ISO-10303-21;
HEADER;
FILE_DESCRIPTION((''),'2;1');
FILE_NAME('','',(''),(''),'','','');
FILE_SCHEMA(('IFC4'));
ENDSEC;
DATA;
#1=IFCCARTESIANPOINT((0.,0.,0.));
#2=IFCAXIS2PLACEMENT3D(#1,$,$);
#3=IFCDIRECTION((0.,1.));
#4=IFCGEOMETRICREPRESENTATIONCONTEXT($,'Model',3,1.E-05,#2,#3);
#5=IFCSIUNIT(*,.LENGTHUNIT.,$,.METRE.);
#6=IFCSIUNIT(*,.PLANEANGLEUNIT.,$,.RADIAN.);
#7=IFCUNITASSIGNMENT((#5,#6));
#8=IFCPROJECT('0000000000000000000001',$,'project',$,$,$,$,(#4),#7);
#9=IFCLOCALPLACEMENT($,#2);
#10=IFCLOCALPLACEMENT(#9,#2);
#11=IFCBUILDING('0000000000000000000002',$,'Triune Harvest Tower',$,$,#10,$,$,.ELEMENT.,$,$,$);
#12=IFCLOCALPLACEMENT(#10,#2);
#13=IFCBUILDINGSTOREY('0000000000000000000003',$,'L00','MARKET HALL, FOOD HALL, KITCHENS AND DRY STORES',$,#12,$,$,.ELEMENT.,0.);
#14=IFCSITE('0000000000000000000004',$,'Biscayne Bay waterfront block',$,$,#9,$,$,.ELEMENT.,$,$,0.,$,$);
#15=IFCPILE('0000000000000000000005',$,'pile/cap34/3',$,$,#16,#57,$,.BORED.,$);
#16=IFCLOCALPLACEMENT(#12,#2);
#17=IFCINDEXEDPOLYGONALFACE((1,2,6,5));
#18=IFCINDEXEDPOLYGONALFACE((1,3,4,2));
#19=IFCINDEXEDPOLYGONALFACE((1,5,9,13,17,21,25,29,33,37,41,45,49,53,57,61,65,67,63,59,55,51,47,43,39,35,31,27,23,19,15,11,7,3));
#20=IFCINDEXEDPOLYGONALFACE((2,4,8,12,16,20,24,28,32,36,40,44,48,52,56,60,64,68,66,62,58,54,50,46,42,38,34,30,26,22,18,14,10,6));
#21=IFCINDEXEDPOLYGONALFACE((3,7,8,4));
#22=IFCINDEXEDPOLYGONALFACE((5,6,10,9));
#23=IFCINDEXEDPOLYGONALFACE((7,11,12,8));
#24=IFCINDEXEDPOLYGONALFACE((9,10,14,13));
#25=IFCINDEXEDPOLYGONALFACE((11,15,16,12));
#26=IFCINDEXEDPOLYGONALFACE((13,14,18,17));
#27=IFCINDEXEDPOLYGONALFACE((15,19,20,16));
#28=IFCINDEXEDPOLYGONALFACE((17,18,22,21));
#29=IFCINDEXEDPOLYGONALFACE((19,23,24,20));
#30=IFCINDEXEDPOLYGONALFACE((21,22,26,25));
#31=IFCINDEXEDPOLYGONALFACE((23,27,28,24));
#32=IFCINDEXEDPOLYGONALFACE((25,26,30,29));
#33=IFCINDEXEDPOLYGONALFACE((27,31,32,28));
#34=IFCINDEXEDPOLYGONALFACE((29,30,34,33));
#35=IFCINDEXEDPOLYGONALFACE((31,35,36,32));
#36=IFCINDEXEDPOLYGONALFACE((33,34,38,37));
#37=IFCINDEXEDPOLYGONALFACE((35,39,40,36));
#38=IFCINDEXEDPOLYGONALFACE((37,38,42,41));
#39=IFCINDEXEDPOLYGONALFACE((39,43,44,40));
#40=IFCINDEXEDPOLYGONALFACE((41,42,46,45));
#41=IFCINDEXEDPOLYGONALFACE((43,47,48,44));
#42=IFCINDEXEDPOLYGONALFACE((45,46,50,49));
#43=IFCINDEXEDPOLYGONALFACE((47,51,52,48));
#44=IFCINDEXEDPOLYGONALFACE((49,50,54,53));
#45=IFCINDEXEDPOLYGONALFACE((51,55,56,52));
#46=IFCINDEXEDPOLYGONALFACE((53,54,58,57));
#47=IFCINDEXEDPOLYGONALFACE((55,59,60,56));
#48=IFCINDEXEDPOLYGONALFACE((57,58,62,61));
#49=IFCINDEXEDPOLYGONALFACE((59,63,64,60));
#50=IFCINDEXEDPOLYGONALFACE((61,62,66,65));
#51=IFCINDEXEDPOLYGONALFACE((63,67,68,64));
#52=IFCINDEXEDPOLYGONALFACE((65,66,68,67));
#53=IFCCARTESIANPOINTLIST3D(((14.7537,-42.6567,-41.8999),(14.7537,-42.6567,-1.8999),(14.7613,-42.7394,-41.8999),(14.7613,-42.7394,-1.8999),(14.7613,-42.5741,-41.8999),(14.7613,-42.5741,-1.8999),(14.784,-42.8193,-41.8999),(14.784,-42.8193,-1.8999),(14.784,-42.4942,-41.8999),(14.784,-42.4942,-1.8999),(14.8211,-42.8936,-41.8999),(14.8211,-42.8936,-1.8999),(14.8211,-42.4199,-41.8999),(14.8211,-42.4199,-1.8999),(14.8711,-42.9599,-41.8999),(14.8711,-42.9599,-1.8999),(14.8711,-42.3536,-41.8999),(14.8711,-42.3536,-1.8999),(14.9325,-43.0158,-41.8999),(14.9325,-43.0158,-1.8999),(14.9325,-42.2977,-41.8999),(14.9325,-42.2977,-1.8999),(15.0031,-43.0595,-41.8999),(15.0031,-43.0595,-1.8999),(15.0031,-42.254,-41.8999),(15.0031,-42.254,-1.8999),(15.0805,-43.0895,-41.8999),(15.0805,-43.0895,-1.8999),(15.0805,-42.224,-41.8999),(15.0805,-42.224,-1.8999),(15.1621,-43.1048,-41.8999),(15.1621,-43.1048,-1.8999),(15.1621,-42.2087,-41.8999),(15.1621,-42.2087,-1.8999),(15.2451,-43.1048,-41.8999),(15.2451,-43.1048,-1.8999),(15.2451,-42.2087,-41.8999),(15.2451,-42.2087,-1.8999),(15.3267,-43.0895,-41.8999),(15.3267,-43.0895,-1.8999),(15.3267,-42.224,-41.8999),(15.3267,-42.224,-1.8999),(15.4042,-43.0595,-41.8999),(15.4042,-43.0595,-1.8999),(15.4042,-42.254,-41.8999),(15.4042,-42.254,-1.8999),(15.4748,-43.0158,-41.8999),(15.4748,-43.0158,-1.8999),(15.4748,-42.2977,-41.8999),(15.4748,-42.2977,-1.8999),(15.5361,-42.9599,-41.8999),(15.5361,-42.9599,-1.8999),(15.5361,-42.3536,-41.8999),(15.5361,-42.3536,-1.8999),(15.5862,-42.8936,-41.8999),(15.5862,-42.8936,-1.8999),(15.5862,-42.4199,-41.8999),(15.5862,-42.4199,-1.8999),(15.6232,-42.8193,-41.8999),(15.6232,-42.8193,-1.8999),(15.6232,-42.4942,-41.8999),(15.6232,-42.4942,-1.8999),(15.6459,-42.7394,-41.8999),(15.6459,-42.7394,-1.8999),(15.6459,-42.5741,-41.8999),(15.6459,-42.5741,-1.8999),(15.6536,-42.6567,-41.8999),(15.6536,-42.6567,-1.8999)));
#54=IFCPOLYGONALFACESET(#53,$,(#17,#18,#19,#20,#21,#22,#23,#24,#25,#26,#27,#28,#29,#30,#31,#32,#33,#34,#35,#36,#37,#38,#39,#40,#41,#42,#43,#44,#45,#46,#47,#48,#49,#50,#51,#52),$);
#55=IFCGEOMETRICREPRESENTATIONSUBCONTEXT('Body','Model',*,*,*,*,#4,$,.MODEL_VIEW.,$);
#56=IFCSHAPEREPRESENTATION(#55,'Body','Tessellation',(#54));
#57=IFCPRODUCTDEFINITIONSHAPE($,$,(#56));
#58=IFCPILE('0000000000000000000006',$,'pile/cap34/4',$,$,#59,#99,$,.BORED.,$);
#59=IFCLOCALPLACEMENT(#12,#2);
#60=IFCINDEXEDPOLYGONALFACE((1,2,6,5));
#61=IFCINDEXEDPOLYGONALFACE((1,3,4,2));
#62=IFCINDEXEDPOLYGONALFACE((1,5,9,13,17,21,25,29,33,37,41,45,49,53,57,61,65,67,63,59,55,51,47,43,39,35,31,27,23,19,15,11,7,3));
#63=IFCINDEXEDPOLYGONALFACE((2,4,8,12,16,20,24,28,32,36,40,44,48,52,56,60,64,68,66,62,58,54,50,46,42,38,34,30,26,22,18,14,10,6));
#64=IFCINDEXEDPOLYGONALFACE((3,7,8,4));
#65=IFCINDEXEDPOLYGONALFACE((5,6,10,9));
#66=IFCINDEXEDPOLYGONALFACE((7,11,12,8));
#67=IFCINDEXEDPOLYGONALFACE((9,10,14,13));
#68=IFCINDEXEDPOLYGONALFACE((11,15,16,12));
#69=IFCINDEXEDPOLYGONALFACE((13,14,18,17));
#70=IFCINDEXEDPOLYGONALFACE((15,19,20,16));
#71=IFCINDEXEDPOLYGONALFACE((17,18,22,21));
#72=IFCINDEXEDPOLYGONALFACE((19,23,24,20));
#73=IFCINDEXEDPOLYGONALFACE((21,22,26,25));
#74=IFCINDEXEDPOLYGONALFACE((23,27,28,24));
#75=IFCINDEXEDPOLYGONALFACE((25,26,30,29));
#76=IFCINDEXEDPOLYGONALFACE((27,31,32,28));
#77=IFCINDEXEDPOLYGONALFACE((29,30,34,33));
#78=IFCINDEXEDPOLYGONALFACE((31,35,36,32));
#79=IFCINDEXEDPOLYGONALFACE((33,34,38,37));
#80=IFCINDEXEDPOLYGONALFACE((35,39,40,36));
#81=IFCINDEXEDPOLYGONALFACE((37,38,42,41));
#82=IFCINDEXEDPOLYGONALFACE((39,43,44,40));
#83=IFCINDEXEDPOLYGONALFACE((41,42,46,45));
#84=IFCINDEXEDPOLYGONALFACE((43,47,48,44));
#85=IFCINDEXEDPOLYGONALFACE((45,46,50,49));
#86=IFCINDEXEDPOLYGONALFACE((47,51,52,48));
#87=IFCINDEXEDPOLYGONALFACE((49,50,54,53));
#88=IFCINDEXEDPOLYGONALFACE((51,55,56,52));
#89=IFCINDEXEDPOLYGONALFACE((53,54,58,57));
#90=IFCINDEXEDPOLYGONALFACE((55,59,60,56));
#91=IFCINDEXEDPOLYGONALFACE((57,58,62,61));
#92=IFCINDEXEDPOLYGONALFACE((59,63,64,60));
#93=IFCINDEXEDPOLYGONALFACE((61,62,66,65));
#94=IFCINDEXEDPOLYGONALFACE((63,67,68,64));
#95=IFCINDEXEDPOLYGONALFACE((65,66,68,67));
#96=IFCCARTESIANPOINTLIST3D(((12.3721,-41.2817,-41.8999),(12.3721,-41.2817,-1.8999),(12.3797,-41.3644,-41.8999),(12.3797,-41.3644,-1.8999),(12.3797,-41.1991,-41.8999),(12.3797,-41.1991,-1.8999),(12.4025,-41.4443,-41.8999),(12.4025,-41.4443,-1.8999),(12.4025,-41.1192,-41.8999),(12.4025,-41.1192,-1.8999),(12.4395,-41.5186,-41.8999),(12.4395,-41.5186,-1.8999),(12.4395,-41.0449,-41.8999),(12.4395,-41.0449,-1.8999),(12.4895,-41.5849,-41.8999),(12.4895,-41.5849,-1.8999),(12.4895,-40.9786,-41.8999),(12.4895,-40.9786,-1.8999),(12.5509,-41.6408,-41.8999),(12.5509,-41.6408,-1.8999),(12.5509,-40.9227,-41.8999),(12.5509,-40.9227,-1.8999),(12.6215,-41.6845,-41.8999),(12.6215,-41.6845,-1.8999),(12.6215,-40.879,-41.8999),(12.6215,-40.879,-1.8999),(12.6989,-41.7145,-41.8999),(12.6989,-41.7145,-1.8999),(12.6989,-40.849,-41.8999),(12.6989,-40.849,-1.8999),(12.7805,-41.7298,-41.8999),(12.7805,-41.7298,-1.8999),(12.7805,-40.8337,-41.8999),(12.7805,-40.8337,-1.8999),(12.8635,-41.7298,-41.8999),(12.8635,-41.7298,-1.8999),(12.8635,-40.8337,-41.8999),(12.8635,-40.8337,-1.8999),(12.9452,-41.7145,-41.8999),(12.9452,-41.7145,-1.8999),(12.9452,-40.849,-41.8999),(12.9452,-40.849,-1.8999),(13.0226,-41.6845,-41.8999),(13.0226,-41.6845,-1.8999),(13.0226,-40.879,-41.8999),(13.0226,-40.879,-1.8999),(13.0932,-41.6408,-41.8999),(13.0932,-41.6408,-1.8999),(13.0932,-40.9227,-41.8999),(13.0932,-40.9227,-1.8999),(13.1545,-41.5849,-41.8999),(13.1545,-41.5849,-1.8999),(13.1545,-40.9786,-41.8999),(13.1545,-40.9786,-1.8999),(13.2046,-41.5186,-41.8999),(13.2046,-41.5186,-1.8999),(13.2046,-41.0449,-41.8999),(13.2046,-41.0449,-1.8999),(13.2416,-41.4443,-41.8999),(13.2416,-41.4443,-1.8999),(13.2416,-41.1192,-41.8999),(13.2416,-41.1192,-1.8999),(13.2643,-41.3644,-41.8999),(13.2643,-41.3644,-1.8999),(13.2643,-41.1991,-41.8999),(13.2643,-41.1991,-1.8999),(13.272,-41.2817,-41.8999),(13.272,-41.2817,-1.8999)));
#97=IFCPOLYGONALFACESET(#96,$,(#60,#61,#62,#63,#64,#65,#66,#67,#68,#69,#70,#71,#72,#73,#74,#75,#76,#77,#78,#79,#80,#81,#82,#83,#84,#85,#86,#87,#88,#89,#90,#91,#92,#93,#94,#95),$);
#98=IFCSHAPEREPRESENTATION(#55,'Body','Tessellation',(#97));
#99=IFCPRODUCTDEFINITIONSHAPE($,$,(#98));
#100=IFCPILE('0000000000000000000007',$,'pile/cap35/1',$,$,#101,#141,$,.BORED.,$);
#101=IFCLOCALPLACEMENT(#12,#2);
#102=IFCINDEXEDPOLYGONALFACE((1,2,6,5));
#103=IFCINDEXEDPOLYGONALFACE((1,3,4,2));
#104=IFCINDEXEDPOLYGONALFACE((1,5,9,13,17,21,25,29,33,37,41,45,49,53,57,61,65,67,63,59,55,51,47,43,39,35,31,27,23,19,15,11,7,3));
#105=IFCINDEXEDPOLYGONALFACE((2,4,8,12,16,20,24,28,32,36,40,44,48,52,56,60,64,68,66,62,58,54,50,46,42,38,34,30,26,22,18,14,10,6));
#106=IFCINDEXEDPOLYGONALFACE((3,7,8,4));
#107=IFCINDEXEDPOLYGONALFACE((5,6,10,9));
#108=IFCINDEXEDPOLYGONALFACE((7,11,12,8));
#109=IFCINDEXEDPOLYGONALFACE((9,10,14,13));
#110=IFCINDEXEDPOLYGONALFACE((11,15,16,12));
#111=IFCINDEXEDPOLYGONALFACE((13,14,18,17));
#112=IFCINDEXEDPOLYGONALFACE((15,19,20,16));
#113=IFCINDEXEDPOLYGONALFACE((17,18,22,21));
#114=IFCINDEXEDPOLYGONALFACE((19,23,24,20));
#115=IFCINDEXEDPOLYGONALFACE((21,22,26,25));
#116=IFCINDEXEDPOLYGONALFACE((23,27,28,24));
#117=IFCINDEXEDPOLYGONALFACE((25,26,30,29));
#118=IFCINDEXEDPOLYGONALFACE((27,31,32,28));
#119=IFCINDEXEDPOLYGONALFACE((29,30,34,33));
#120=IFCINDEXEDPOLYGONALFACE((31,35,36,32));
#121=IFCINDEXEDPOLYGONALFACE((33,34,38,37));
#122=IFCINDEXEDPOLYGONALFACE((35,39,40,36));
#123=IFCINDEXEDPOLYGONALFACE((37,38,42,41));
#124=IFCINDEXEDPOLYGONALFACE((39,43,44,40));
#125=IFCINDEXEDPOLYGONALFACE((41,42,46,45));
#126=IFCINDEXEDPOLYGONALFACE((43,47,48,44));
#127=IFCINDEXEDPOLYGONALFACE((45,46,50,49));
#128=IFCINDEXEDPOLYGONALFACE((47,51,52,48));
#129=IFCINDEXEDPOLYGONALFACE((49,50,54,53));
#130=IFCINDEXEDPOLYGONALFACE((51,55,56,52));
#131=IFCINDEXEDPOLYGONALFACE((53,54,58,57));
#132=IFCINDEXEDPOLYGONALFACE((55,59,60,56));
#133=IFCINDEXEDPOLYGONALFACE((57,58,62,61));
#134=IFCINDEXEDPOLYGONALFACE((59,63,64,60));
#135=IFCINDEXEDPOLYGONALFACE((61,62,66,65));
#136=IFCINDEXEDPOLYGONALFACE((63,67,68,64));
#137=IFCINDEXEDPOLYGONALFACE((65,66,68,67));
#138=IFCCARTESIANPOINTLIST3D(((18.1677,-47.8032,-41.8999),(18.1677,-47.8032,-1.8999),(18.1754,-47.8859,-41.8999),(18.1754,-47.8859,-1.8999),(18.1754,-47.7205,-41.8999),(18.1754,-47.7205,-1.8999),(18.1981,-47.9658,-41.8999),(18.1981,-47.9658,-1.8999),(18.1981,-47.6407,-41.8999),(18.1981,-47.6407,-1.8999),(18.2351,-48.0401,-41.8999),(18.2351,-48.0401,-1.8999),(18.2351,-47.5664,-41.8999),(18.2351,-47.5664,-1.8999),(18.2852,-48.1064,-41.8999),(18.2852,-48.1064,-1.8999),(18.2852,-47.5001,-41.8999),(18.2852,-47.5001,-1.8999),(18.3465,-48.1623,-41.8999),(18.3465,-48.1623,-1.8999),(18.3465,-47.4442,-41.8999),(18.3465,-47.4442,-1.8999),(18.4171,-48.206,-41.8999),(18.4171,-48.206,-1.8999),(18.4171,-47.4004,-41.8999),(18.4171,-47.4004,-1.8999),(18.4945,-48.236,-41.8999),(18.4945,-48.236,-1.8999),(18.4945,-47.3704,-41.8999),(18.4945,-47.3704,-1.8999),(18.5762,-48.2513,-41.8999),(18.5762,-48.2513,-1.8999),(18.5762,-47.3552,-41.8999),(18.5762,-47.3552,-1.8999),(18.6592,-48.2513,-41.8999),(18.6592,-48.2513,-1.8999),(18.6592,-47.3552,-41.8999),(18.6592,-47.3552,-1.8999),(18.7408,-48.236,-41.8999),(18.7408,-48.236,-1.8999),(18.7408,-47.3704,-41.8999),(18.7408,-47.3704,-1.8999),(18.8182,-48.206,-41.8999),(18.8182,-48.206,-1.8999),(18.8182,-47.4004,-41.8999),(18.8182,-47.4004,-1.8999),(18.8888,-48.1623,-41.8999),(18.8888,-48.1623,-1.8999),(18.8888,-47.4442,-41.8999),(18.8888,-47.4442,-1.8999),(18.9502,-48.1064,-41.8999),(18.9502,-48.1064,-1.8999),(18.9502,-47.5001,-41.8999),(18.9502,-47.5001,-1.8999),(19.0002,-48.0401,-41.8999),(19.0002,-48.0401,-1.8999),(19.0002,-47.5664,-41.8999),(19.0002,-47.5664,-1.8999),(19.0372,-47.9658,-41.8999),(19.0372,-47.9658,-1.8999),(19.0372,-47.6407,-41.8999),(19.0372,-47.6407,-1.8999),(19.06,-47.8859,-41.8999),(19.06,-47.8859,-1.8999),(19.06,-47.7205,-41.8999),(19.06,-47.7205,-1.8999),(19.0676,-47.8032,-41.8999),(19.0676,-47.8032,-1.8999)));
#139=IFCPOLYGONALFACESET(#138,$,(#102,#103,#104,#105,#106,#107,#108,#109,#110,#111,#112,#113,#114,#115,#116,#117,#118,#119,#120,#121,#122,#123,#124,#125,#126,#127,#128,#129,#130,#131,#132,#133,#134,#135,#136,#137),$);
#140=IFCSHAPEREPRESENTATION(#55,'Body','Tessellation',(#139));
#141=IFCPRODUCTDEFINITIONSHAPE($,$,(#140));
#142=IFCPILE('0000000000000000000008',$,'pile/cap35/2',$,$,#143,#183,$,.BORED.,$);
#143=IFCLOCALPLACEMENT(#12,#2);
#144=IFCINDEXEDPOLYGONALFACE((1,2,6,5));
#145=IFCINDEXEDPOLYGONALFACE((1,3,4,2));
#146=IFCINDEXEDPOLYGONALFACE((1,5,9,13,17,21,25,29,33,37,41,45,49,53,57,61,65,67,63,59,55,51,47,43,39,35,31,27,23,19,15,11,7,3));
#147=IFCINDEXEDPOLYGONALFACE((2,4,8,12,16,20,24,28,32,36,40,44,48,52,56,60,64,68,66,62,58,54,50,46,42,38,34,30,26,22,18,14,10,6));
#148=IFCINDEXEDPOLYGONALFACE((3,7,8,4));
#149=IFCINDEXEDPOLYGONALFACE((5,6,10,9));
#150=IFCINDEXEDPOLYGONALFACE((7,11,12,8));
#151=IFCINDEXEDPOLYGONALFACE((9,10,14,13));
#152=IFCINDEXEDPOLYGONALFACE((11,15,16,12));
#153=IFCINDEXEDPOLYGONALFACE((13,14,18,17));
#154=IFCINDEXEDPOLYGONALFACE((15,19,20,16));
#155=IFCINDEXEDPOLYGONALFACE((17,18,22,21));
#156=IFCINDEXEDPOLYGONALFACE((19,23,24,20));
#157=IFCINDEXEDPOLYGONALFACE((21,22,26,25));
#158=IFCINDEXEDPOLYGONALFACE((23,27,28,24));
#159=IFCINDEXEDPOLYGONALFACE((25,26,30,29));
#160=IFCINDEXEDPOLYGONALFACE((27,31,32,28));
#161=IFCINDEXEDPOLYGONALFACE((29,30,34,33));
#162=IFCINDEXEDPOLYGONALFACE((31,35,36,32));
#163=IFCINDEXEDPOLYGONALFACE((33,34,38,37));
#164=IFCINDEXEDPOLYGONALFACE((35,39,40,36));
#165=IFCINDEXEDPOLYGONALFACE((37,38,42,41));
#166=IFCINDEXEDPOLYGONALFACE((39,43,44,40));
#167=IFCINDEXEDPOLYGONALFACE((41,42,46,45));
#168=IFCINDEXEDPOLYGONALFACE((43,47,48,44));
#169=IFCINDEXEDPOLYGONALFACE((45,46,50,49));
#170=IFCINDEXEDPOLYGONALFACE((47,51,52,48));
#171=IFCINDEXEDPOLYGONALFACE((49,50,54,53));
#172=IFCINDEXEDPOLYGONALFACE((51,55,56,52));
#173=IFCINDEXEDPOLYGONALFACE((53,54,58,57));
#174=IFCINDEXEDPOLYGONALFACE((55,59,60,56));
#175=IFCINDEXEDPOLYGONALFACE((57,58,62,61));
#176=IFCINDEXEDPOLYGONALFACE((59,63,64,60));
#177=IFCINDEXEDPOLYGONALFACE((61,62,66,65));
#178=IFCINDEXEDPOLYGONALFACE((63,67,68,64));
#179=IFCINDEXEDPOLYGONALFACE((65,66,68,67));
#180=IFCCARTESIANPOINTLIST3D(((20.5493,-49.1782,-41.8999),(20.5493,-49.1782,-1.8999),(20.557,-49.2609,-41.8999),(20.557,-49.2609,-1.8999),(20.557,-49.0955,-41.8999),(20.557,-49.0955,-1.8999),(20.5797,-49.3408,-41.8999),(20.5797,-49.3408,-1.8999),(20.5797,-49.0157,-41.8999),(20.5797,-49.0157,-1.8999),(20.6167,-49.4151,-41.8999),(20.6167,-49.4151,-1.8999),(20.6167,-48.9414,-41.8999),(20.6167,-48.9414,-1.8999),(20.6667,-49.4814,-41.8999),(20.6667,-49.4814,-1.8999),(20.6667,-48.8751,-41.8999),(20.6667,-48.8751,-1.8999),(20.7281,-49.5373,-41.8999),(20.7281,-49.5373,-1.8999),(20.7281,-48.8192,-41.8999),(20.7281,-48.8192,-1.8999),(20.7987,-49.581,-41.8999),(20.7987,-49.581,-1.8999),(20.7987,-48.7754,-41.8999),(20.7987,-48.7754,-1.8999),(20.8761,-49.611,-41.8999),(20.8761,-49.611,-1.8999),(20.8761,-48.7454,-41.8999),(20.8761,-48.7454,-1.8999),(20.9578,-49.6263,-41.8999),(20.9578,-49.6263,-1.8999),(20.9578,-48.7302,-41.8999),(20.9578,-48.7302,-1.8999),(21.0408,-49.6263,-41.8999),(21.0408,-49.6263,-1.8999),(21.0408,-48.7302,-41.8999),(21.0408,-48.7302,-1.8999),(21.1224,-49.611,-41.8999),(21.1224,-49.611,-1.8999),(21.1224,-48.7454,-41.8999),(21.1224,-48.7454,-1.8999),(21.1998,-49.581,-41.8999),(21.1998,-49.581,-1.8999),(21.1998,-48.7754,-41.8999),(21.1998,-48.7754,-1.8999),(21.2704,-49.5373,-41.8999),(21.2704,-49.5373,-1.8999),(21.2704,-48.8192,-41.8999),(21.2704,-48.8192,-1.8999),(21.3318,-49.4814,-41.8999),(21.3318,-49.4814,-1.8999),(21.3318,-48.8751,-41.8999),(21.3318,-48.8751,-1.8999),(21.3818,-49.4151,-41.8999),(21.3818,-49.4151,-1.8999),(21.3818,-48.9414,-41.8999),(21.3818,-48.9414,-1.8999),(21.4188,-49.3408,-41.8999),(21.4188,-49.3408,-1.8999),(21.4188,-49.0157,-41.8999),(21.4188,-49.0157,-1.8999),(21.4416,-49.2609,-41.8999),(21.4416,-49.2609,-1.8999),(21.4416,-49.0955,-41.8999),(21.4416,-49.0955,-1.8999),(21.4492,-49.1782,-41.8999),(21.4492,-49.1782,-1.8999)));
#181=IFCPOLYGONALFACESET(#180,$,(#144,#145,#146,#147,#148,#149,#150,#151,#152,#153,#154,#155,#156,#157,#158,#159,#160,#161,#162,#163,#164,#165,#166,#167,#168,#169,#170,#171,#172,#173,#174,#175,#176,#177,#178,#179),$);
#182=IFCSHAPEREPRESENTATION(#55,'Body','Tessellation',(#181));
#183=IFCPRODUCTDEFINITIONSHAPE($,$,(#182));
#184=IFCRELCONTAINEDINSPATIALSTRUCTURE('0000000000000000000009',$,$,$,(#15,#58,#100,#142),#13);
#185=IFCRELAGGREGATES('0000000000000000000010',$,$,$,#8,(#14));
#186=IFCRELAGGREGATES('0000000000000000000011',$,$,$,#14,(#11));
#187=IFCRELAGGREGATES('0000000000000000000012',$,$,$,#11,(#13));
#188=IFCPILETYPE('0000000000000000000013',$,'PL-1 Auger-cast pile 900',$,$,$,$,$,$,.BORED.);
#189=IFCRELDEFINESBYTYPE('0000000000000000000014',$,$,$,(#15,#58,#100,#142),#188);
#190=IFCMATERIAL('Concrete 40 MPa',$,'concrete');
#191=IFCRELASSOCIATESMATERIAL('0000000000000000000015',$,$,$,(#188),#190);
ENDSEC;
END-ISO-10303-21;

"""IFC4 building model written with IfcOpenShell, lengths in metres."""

from ifc_helpers import new_model, si_unit, direction, frame, origin, origin_2d, place, context, subcontext, project, spatial, circle, extrude, source, transform, mapped, material, material_profile, profile_set, type_object, element, save


model = new_model("IFC4")

# Units and contexts
model_context = context("Model", 3, precision=1e-05, world=origin(), true_north=direction((0.0, 1.0)))
body_context = subcontext(model_context, "Body", "Model", "MODEL_VIEW")
ifc_project = project(units=[si_unit("LENGTHUNIT", "METRE"), si_unit("PLANEANGLEUNIT", "RADIAN")], contexts=[model_context])

# Site, building, storey
site_placement = place(None, origin())
site = spatial("IfcSite", under=ifc_project, at=site_placement, Name="Biscayne Bay waterfront block", CompositionType="ELEMENT", RefElevation=0.0)
building_placement = place(site_placement, origin())
building = spatial("IfcBuilding", under=site, at=building_placement, Name="Triune Harvest Tower", CompositionType="ELEMENT")
storey_placement = place(building_placement, origin())
storey = spatial("IfcBuildingStorey", under=building, at=storey_placement, Name="L00", Description="MARKET HALL, FOOD HALL, KITCHENS AND DRY STORES", CompositionType="ELEMENT", Elevation=0.0)

# Piles
ifc_material_1 = material(Name="Concrete 40 MPa", Category="concrete")
ifc_material_profile_1 = material_profile(ifc_material_1, circle(Radius=0.45, at=origin_2d()), Name="Bored 900")
ifc_profile_set_1 = profile_set([ifc_material_profile_1], Name="Concrete 40 MPa")
pile_type = type_object("IfcPileType", Name="PL-1 Auger-cast pile 900", PredefinedType="BORED", material=ifc_profile_set_1)
shared_shape_1 = source(origin(), body_context, "Body", "SweptSolid", [
    extrude(circle(Radius=0.45, at=origin_2d()), origin(), (0.0, 0.0, 1.0), 40.0),
])
for number, where, z_axis, x_axis, name in (
    (1, (15.2036, -42.6567, -1.8999), (0.0, 0.0, -1.0), (1.0, 0.0, 0.0), "pile/cap34/3"),
    (2, (12.822, -41.2817, -1.8999), (0.0, 0.0, -1.0), (1.0, 0.0, 0.0), "pile/cap34/4"),
    (3, (18.6177, -47.8032, -1.8999), (0.0, 0.0, -1.0), (1.0, 0.0, 0.0), "pile/cap35/1"),
    (4, (20.9993, -49.1782, -1.8999), (0.0, 0.0, -1.0), (1.0, 0.0, 0.0), "pile/cap35/2"),
):
    element("IfcPile", number, at=place(storey_placement, frame(where, z_axis=z_axis, x_axis=x_axis)), inside=storey, type_object=pile_type, Name=name, PredefinedType="BORED", context=body_context, shape_type="MappedRepresentation", body=[
        mapped(shared_shape_1, transform((0.0, 0.0, 0.0), scale=1.0)),
    ])

save(model, "model.ifc")
